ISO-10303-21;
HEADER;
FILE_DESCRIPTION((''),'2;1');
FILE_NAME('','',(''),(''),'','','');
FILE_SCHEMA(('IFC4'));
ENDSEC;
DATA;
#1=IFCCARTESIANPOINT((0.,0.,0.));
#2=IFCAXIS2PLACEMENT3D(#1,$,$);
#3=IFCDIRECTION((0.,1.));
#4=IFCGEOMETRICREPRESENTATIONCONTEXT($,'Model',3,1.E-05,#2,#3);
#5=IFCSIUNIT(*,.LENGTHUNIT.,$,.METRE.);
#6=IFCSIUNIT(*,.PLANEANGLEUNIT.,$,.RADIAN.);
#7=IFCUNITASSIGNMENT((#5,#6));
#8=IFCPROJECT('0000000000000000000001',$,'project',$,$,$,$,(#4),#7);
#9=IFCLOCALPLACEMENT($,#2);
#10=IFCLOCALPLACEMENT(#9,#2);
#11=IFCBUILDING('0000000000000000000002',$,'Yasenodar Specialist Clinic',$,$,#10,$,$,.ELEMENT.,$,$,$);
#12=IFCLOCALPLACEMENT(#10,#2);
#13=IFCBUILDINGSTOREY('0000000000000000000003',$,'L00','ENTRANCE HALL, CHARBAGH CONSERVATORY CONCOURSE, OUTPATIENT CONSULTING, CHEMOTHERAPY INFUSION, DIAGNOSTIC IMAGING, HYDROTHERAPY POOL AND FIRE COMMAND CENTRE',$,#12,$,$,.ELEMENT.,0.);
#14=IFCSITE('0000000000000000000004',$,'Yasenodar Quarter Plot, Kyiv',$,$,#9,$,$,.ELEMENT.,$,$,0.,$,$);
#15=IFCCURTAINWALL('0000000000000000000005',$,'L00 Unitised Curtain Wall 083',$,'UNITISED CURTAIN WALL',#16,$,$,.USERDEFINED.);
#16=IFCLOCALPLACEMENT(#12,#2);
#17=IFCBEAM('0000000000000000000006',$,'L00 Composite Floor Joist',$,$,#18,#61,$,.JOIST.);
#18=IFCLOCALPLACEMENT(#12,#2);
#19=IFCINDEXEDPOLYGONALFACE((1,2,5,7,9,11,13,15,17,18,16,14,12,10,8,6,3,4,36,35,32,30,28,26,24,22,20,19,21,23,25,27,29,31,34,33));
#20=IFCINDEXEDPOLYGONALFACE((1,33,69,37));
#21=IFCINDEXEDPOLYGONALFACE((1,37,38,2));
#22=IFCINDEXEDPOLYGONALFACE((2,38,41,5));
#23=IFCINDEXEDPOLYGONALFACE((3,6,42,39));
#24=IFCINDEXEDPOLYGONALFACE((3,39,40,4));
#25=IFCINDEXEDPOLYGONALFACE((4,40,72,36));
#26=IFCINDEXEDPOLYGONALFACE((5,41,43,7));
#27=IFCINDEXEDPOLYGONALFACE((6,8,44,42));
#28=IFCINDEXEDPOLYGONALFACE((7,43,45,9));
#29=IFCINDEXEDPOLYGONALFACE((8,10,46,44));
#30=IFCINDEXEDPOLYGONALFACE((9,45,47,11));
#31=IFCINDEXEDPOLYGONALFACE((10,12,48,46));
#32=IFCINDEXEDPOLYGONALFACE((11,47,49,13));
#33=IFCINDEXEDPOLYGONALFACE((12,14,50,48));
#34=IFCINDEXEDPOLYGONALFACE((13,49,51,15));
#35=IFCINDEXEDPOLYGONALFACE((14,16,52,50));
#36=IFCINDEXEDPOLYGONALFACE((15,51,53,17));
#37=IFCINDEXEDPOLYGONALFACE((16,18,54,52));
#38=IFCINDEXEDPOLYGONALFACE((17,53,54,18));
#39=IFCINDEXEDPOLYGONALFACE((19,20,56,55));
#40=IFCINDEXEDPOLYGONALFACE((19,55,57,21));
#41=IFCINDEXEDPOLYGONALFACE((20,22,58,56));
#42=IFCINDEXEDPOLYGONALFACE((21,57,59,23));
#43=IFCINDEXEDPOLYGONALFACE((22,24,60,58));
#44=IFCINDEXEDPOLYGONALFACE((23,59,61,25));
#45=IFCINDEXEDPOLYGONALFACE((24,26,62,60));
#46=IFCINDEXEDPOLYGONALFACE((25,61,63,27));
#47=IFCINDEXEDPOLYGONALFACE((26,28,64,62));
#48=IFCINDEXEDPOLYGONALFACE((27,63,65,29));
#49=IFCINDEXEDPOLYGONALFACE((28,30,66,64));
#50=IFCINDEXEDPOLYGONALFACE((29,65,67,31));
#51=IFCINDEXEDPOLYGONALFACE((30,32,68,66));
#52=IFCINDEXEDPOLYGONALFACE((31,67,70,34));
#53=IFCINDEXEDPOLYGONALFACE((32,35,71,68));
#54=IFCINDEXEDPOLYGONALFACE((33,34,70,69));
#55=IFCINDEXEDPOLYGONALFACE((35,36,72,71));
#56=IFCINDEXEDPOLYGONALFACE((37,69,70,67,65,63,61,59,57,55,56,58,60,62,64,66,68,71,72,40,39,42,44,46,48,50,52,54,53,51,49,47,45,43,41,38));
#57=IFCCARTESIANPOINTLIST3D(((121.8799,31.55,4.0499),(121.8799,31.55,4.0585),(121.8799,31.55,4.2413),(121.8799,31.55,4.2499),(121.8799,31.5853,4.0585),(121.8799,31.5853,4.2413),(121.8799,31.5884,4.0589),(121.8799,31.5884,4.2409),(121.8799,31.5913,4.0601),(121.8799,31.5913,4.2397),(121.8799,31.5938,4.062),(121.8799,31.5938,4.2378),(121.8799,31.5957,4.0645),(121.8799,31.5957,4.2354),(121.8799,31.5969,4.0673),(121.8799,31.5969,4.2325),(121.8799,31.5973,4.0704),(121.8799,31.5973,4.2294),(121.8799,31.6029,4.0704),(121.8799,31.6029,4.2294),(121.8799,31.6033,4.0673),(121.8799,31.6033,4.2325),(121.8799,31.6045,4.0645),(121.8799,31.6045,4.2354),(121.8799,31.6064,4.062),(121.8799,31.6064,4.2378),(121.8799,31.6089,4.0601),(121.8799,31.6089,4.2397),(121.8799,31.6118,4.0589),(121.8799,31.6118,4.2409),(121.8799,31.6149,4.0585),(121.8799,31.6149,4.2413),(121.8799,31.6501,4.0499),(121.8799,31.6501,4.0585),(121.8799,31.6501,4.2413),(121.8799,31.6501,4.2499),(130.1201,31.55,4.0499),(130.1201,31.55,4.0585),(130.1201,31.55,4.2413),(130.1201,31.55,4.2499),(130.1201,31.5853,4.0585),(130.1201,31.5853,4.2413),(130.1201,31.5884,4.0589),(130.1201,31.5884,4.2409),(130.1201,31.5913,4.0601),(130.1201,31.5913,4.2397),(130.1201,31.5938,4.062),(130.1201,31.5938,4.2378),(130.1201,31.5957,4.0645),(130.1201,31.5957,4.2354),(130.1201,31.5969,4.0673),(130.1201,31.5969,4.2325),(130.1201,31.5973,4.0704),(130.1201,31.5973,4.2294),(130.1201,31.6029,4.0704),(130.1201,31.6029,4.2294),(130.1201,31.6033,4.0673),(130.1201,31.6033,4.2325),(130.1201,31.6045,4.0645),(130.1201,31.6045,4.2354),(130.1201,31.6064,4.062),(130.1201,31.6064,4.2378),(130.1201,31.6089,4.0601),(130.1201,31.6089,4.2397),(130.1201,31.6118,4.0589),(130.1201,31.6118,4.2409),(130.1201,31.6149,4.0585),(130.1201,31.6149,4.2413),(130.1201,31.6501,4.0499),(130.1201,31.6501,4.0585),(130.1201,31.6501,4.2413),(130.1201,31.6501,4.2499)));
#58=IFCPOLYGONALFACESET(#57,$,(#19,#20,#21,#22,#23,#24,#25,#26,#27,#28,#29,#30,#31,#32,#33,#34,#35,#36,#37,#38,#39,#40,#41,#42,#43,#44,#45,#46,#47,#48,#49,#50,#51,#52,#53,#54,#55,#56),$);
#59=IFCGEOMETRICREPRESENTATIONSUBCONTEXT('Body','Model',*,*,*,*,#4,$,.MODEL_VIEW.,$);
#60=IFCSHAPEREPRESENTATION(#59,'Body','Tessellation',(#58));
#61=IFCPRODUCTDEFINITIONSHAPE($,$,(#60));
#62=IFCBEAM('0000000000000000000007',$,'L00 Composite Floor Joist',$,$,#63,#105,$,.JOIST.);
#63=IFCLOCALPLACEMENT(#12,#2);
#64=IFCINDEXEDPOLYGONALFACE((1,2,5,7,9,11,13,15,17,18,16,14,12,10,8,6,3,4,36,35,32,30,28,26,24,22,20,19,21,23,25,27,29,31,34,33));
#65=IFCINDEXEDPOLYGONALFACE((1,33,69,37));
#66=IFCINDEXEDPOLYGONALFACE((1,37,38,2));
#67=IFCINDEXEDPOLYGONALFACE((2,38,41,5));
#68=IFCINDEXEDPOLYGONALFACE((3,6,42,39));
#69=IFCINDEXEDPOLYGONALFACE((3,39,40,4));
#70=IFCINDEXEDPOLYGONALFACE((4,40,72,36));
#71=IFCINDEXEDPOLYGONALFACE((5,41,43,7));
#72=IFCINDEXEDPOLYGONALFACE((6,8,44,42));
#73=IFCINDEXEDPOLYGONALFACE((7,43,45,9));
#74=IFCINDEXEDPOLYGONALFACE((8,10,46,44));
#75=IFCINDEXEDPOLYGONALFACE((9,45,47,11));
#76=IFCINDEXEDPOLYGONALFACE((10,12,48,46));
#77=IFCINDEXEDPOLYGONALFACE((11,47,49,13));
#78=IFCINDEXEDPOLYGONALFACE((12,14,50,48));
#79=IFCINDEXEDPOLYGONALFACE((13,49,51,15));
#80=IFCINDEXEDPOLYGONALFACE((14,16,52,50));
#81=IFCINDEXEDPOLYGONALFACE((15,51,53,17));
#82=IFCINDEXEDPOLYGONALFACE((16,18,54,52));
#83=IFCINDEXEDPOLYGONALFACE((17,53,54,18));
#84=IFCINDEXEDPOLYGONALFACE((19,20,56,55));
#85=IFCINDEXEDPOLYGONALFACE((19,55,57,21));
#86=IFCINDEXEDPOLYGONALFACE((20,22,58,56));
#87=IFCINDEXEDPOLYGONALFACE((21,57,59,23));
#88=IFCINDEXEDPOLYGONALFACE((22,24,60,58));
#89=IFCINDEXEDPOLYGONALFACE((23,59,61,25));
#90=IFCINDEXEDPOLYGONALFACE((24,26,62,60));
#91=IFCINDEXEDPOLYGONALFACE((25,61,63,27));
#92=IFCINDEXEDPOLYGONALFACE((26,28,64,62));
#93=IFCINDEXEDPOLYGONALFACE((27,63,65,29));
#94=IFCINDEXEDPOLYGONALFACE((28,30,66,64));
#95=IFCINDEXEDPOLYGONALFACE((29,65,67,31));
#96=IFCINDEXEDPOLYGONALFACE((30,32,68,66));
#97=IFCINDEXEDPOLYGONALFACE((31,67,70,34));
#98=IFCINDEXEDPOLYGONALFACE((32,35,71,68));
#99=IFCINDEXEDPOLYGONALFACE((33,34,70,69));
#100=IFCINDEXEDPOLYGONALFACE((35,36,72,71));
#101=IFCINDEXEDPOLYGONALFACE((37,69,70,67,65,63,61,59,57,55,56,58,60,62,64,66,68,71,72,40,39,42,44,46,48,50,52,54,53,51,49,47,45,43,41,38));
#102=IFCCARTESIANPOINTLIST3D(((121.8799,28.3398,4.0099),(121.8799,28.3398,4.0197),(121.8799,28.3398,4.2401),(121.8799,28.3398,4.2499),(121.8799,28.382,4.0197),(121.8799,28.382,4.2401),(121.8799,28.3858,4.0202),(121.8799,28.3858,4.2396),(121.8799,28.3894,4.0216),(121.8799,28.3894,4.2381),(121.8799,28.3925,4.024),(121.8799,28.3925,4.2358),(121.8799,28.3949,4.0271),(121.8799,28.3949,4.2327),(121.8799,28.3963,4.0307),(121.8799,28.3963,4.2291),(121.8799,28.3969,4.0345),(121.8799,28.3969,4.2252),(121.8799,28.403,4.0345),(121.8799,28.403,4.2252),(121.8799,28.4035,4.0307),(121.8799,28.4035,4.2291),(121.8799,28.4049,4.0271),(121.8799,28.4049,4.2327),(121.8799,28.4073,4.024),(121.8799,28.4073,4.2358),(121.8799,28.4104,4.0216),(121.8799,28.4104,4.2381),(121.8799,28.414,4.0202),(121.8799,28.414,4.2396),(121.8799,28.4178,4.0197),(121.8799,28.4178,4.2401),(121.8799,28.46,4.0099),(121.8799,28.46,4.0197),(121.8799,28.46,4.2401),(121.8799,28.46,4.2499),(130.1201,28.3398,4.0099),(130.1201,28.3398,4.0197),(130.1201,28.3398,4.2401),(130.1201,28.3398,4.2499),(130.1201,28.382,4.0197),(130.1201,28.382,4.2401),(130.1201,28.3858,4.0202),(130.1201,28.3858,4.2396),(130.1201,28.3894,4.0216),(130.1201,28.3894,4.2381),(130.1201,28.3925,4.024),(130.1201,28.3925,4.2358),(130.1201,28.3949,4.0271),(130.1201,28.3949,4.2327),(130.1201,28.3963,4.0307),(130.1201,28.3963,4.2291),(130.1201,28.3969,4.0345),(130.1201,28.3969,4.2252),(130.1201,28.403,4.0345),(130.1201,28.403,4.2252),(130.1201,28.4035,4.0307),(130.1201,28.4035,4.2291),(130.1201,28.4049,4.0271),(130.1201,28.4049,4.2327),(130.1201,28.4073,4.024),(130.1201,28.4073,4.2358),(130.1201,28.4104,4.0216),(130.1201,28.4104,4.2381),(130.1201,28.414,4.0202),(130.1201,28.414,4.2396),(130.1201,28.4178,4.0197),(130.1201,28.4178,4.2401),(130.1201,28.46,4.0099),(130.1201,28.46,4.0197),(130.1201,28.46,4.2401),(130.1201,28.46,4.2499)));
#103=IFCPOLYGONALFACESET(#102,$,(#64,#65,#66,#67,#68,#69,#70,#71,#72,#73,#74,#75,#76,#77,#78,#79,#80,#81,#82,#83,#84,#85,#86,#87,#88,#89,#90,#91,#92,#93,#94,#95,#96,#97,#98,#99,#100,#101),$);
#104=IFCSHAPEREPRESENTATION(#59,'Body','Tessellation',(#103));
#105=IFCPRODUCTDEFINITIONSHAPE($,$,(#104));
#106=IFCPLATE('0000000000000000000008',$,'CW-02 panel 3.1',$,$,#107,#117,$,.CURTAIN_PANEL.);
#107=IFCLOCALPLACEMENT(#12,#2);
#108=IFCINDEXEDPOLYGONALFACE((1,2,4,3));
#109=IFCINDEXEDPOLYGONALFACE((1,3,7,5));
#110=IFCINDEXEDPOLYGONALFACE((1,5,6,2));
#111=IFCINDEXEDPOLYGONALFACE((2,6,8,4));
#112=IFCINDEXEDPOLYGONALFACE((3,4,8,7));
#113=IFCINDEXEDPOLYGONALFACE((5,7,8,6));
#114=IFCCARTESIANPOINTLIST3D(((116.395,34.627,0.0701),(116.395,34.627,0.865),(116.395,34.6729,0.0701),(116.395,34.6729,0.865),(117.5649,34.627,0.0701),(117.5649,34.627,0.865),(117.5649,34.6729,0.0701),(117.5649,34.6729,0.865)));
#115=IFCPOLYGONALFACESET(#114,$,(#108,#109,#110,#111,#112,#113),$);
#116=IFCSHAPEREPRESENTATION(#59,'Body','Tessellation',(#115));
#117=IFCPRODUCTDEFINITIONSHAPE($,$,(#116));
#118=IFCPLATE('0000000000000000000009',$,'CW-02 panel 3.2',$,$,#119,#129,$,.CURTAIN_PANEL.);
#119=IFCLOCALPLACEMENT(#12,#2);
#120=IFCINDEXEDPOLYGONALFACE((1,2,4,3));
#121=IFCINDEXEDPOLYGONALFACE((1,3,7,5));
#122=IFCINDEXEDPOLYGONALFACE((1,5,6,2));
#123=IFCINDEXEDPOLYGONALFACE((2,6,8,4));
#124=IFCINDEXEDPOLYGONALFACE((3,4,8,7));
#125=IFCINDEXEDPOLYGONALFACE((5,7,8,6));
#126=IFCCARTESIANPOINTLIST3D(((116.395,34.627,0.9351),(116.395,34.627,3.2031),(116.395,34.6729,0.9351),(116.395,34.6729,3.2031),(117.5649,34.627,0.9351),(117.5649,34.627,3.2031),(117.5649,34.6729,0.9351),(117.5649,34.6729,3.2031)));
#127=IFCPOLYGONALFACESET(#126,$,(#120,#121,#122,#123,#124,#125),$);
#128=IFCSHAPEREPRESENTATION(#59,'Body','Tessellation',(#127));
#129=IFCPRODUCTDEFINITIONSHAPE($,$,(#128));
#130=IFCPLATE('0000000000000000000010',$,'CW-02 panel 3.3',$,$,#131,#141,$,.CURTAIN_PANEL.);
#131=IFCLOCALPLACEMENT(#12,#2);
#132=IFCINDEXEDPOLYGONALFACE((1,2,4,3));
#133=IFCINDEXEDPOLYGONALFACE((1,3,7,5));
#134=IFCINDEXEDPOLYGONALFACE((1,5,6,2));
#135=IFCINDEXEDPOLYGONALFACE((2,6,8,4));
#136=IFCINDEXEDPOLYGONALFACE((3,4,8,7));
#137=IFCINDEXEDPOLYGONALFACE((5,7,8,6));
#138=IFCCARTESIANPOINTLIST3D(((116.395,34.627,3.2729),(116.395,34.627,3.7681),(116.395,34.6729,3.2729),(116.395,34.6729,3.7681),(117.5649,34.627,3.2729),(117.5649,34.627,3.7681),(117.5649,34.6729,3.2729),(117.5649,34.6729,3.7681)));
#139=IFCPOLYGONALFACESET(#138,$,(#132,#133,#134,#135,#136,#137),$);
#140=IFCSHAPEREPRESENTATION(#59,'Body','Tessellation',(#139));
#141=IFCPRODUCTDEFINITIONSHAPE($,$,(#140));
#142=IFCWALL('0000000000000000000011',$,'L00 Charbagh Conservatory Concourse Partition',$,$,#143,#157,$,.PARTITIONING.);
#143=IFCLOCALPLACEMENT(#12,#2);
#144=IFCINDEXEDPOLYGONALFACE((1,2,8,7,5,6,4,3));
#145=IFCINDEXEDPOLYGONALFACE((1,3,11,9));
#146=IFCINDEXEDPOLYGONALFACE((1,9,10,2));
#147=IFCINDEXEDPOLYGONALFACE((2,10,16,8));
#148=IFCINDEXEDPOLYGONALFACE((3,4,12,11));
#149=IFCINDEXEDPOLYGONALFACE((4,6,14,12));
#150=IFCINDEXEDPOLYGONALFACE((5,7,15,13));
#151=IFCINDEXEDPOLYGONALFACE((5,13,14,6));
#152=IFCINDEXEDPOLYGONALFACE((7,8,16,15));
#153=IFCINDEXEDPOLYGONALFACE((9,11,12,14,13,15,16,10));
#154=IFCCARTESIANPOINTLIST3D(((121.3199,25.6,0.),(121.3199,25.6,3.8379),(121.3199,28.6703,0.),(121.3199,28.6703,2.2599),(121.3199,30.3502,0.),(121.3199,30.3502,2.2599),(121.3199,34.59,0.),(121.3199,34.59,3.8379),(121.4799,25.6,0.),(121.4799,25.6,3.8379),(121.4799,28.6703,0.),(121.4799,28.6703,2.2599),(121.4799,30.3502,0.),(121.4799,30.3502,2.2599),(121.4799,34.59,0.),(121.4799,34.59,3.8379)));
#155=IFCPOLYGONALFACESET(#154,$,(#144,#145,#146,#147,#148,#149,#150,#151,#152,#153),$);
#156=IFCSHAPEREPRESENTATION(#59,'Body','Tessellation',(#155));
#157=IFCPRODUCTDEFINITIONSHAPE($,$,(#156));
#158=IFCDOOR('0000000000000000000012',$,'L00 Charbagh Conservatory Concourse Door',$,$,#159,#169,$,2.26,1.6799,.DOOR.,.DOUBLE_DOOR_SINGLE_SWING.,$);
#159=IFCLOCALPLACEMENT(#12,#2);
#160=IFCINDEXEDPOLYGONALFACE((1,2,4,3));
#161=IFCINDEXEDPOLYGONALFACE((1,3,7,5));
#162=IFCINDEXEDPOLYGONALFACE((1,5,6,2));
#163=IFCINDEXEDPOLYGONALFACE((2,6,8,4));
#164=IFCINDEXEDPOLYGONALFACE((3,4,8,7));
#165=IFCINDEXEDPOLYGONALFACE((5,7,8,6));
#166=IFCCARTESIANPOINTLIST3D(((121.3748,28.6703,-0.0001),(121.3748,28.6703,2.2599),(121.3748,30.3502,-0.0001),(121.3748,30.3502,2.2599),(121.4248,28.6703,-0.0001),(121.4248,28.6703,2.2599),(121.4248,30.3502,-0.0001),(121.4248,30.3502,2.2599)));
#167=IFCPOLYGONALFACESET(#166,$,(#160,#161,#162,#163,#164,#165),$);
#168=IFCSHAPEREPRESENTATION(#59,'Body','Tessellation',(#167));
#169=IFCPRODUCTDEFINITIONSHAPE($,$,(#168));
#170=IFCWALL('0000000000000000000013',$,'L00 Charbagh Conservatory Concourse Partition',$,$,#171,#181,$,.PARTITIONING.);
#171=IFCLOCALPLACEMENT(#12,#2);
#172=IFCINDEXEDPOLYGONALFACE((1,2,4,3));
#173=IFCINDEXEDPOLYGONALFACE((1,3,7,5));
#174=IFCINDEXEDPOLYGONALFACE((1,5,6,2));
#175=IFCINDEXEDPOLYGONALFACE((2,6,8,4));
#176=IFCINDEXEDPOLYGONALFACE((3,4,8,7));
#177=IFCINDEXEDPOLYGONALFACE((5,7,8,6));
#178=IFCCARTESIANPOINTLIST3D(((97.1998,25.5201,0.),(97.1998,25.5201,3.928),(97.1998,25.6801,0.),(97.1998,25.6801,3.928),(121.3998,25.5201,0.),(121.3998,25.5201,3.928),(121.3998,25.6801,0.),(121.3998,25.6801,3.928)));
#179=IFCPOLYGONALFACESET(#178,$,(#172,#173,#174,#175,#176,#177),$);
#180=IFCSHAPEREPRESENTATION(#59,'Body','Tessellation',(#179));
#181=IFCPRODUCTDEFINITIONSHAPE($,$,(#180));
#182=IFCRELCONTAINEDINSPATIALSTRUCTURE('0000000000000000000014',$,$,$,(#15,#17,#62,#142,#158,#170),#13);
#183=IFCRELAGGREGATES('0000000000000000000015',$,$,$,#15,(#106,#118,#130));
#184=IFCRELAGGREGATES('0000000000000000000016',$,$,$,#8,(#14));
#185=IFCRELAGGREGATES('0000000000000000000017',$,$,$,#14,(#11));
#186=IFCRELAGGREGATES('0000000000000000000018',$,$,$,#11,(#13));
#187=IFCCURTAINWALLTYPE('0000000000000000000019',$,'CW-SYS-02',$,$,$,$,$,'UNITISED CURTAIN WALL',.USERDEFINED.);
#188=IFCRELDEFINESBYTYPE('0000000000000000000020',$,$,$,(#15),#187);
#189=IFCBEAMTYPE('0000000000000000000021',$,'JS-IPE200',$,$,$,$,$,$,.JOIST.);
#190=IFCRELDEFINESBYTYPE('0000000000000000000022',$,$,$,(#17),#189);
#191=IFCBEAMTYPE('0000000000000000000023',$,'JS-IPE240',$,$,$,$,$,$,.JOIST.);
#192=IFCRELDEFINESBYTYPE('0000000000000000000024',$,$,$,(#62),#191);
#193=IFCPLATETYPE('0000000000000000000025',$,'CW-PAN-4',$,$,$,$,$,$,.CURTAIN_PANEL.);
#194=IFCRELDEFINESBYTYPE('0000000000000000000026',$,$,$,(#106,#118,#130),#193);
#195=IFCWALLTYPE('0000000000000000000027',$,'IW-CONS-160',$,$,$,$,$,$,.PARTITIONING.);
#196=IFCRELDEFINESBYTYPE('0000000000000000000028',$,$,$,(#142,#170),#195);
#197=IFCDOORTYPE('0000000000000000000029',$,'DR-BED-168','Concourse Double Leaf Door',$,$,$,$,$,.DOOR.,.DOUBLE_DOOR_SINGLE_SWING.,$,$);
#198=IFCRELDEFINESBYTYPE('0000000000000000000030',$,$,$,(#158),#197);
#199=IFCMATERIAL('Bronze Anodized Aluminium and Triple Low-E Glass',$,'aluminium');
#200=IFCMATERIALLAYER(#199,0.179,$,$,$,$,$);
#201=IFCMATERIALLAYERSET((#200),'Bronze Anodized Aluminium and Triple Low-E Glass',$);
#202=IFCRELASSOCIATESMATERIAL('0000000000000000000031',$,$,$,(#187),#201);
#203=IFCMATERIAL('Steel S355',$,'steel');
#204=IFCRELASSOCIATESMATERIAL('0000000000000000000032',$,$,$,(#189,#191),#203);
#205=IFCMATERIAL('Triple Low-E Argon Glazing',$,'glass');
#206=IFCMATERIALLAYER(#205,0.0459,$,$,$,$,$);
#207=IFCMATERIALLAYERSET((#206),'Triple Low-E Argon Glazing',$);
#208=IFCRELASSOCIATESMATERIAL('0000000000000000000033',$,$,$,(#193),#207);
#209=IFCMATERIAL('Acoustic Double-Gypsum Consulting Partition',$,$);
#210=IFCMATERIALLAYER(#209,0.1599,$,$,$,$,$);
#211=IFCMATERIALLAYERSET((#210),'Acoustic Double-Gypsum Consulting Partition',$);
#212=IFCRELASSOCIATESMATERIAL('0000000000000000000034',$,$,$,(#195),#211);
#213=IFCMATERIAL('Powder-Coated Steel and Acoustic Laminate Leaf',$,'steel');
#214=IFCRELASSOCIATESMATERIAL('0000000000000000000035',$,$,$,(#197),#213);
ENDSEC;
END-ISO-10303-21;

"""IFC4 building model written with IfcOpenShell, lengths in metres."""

from ifc_helpers import new_model, si_unit, direction, frame, frame_2d, origin, origin_2d, place, context, subcontext, project, spatial, rectangle, i_section, extrude, material, layer, layer_set, material_profile, profile_set, type_object, element, fill, aggregate, save


model = new_model("IFC4")

# Units and contexts
model_context = context("Model", 3, precision=1e-05, world=origin(), true_north=direction((0.0, 1.0)))
body_context = subcontext(model_context, "Body", "Model", "MODEL_VIEW")
ifc_project = project(units=[si_unit("LENGTHUNIT", "METRE"), si_unit("PLANEANGLEUNIT", "RADIAN")], contexts=[model_context])

# Site, building, storey
site_placement = place(None, origin())
site = spatial("IfcSite", under=ifc_project, at=site_placement, Name="Yasenodar Quarter Plot, Kyiv", CompositionType="ELEMENT", RefElevation=0.0)
building_placement = place(site_placement, origin())
building = spatial("IfcBuilding", under=site, at=building_placement, Name="Yasenodar Specialist Clinic", CompositionType="ELEMENT")
storey_placement = place(building_placement, origin())
storey = spatial("IfcBuildingStorey", under=building, at=storey_placement, Name="L00", Description="ENTRANCE HALL, CHARBAGH CONSERVATORY CONCOURSE, OUTPATIENT CONSULTING, CHEMOTHERAPY INFUSION, DIAGNOSTIC IMAGING, HYDROTHERAPY POOL AND FIRE COMMAND CENTRE", CompositionType="ELEMENT", Elevation=0.0)

# Shared definitions
ifc_material_1 = material(Name="Steel S355", Category="steel")

# Curtain wall
ifc_material_2 = material(Name="Bronze Anodized Aluminium and Triple Low-E Glass", Category="aluminium")
ifc_layer_1 = layer(ifc_material_2, 0.179)
ifc_layer_set_1 = layer_set([ifc_layer_1], Name="Bronze Anodized Aluminium and Triple Low-E Glass")
curtain_wall_type = type_object("IfcCurtainWallType", Name="CW-SYS-02", ElementType="UNITISED CURTAIN WALL", PredefinedType="USERDEFINED", material=ifc_layer_set_1)
curtain_wall_1_placement = place(storey_placement, origin())
curtain_wall_1 = element("IfcCurtainWall", 1, at=curtain_wall_1_placement, inside=storey, type_object=curtain_wall_type, Name="L00 Unitised Curtain Wall 083", ObjectType="UNITISED CURTAIN WALL", PredefinedType="USERDEFINED")

# Beams
ifc_material_profile_1 = material_profile(ifc_material_1, i_section(OverallWidth=0.1001, OverallDepth=0.2, WebThickness=0.0056, FlangeThickness=0.0085, FilletRadius=0.012, at=origin_2d()), Name="IPE 200")
ifc_profile_set_1 = profile_set([ifc_material_profile_1], Name="Steel S355")
beam_type_1 = type_object("IfcBeamType", Name="JS-IPE200", PredefinedType="JOIST", material=ifc_profile_set_1)
beam_1_placement = place(storey_placement, frame((121.8799, 31.6001, 4.1499), z_axis=(1.0, 0.0, 0.0), x_axis=(0.0, 1.0, 0.0)))
element("IfcBeam", 2, at=beam_1_placement, inside=storey, type_object=beam_type_1, Name="L00 Composite Floor Joist", PredefinedType="JOIST", context=body_context, shape_type="SweptSolid", body=[
    extrude(i_section(OverallWidth=0.1001, OverallDepth=0.2, WebThickness=0.0056, FlangeThickness=0.0085, FilletRadius=0.012, at=origin_2d()), origin(), (0.0, 0.0, 1.0), 8.2402),
])
ifc_material_profile_2 = material_profile(ifc_material_1, i_section(OverallWidth=0.1201, OverallDepth=0.24, WebThickness=0.0061, FlangeThickness=0.0098, FilletRadius=0.0149, at=origin_2d()), Name="IPE 240")
ifc_profile_set_2 = profile_set([ifc_material_profile_2], Name="Steel S355")
beam_type_2 = type_object("IfcBeamType", Name="JS-IPE240", PredefinedType="JOIST", material=ifc_profile_set_2)
beam_2_placement = place(storey_placement, frame((121.8799, 28.3999, 4.1299), z_axis=(1.0, 0.0, 0.0), x_axis=(0.0, 1.0, 0.0)))
element("IfcBeam", 3, at=beam_2_placement, inside=storey, type_object=beam_type_2, Name="L00 Composite Floor Joist", PredefinedType="JOIST", context=body_context, shape_type="SweptSolid", body=[
    extrude(i_section(OverallWidth=0.1201, OverallDepth=0.24, WebThickness=0.0061, FlangeThickness=0.0098, FilletRadius=0.0149, at=origin_2d()), origin(), (0.0, 0.0, 1.0), 8.2402),
])

# Plates
ifc_material_3 = material(Name="Triple Low-E Argon Glazing", Category="glass")
ifc_layer_2 = layer(ifc_material_3, 0.0459)
ifc_layer_set_2 = layer_set([ifc_layer_2], Name="Triple Low-E Argon Glazing")
plate_type = type_object("IfcPlateType", Name="CW-PAN-4", PredefinedType="CURTAIN_PANEL", material=ifc_layer_set_2)
plate_1_placement = place(storey_placement, frame((116.98, 34.6499, 0.0701), z_axis=(0.0, 0.0, 1.0), x_axis=(1.0, 0.0, 0.0)))
plate_1 = element("IfcPlate", 4, at=plate_1_placement, type_object=plate_type, Name="CW-02 panel 3.1", PredefinedType="CURTAIN_PANEL", context=body_context, shape_type="SweptSolid", body=[
    extrude(rectangle(XDim=1.1699, YDim=0.0459, at=origin_2d()), origin(), (0.0, 0.0, 1.0), 0.7949),
])
plate_2_placement = place(storey_placement, frame((116.98, 34.6499, 0.9351), z_axis=(0.0, 0.0, 1.0), x_axis=(1.0, 0.0, 0.0)))
plate_2 = element("IfcPlate", 5, at=plate_2_placement, type_object=plate_type, Name="CW-02 panel 3.2", PredefinedType="CURTAIN_PANEL", context=body_context, shape_type="SweptSolid", body=[
    extrude(rectangle(XDim=1.1699, YDim=0.0459, at=origin_2d()), origin(), (0.0, 0.0, 1.0), 2.2681),
])
plate_3_placement = place(storey_placement, frame((116.98, 34.6499, 3.2729), z_axis=(0.0, 0.0, 1.0), x_axis=(1.0, 0.0, 0.0)))
plate_3 = element("IfcPlate", 6, at=plate_3_placement, type_object=plate_type, Name="CW-02 panel 3.3", PredefinedType="CURTAIN_PANEL", context=body_context, shape_type="SweptSolid", body=[
    extrude(rectangle(XDim=1.1699, YDim=0.0459, at=origin_2d()), origin(), (0.0, 0.0, 1.0), 0.4951),
])
aggregate(curtain_wall_1, [plate_1, plate_2, plate_3])

# Wall, opening, door
ifc_material_4 = material(Name="Acoustic Double-Gypsum Consulting Partition")
ifc_layer_3 = layer(ifc_material_4, 0.1599)
ifc_layer_set_3 = layer_set([ifc_layer_3], Name="Acoustic Double-Gypsum Consulting Partition")
wall_type_1 = type_object("IfcWallType", Name="IW-CONS-160", PredefinedType="PARTITIONING", material=ifc_layer_set_3)
wall_1_placement = place(storey_placement, frame((121.3999, 34.5901, 0.0), z_axis=(0.0, 0.0, 1.0), x_axis=(0.0, -1.0, 0.0)))
wall_1 = element("IfcWall", 7, at=wall_1_placement, inside=storey, type_object=wall_type_1, Name="L00 Charbagh Conservatory Concourse Partition", PredefinedType="PARTITIONING", context=body_context, shape_type="SweptSolid", body=[
    extrude(rectangle(XDim=8.99, YDim=0.1599, at=frame_2d((4.4951, 0.0))), origin(), (0.0, 0.0, 1.0), 3.8379),
])
opening_1_placement = place(wall_1_placement, frame((4.24, 0.0, 0.0)))
opening_1 = element("IfcOpeningElement", 8, at=opening_1_placement, cuts=wall_1, PredefinedType="OPENING", context=body_context, shape_type="SweptSolid", body=[
    extrude(rectangle(XDim=1.6799, YDim=2.26, at=frame_2d((0.8398, 1.1299))), frame((0.0, 0.0898, 0.0), z_axis=(0.0, -1.0, 0.0), x_axis=(1.0, 0.0, 0.0)), (0.0, 0.0, 1.0), 0.1799),
])
ifc_material_5 = material(Name="Powder-Coated Steel and Acoustic Laminate Leaf", Category="steel")
door_type_1 = type_object("IfcDoorType", Name="DR-BED-168", Description="Concourse Double Leaf Door", OperationType="DOUBLE_DOOR_SINGLE_SWING", PredefinedType="DOOR", material=ifc_material_5)
door_1_placement = place(opening_1_placement, origin())
door_1 = element("IfcDoor", 9, at=door_1_placement, inside=storey, type_object=door_type_1, Name="L00 Charbagh Conservatory Concourse Door", OperationType="DOUBLE_DOOR_SINGLE_SWING", OverallHeight=2.26, OverallWidth=1.6799, PredefinedType="DOOR", context=body_context, shape_type="SweptSolid", body=[
    extrude(rectangle(XDim=1.6799, YDim=2.26, at=frame_2d((0.8398, 1.1299))), frame((0.0, 0.0249, 0.0), z_axis=(0.0, -1.0, 0.0), x_axis=(1.0, 0.0, 0.0)), (0.0, 0.0, 1.0), 0.05),
])
fill(opening_1, door_1)

# Wall
wall_2_placement = place(storey_placement, frame((121.3999, 25.6001, 0.0), z_axis=(0.0, 0.0, 1.0), x_axis=(-1.0, 0.0, 0.0)))
element("IfcWall", 10, at=wall_2_placement, inside=storey, type_object=wall_type_1, Name="L00 Charbagh Conservatory Concourse Partition", PredefinedType="PARTITIONING", context=body_context, shape_type="SweptSolid", body=[
    extrude(rectangle(XDim=24.2, YDim=0.1599, at=frame_2d((12.1001, 0.0))), origin(), (0.0, 0.0, 1.0), 3.928),
])

save(model, "model.ifc")
